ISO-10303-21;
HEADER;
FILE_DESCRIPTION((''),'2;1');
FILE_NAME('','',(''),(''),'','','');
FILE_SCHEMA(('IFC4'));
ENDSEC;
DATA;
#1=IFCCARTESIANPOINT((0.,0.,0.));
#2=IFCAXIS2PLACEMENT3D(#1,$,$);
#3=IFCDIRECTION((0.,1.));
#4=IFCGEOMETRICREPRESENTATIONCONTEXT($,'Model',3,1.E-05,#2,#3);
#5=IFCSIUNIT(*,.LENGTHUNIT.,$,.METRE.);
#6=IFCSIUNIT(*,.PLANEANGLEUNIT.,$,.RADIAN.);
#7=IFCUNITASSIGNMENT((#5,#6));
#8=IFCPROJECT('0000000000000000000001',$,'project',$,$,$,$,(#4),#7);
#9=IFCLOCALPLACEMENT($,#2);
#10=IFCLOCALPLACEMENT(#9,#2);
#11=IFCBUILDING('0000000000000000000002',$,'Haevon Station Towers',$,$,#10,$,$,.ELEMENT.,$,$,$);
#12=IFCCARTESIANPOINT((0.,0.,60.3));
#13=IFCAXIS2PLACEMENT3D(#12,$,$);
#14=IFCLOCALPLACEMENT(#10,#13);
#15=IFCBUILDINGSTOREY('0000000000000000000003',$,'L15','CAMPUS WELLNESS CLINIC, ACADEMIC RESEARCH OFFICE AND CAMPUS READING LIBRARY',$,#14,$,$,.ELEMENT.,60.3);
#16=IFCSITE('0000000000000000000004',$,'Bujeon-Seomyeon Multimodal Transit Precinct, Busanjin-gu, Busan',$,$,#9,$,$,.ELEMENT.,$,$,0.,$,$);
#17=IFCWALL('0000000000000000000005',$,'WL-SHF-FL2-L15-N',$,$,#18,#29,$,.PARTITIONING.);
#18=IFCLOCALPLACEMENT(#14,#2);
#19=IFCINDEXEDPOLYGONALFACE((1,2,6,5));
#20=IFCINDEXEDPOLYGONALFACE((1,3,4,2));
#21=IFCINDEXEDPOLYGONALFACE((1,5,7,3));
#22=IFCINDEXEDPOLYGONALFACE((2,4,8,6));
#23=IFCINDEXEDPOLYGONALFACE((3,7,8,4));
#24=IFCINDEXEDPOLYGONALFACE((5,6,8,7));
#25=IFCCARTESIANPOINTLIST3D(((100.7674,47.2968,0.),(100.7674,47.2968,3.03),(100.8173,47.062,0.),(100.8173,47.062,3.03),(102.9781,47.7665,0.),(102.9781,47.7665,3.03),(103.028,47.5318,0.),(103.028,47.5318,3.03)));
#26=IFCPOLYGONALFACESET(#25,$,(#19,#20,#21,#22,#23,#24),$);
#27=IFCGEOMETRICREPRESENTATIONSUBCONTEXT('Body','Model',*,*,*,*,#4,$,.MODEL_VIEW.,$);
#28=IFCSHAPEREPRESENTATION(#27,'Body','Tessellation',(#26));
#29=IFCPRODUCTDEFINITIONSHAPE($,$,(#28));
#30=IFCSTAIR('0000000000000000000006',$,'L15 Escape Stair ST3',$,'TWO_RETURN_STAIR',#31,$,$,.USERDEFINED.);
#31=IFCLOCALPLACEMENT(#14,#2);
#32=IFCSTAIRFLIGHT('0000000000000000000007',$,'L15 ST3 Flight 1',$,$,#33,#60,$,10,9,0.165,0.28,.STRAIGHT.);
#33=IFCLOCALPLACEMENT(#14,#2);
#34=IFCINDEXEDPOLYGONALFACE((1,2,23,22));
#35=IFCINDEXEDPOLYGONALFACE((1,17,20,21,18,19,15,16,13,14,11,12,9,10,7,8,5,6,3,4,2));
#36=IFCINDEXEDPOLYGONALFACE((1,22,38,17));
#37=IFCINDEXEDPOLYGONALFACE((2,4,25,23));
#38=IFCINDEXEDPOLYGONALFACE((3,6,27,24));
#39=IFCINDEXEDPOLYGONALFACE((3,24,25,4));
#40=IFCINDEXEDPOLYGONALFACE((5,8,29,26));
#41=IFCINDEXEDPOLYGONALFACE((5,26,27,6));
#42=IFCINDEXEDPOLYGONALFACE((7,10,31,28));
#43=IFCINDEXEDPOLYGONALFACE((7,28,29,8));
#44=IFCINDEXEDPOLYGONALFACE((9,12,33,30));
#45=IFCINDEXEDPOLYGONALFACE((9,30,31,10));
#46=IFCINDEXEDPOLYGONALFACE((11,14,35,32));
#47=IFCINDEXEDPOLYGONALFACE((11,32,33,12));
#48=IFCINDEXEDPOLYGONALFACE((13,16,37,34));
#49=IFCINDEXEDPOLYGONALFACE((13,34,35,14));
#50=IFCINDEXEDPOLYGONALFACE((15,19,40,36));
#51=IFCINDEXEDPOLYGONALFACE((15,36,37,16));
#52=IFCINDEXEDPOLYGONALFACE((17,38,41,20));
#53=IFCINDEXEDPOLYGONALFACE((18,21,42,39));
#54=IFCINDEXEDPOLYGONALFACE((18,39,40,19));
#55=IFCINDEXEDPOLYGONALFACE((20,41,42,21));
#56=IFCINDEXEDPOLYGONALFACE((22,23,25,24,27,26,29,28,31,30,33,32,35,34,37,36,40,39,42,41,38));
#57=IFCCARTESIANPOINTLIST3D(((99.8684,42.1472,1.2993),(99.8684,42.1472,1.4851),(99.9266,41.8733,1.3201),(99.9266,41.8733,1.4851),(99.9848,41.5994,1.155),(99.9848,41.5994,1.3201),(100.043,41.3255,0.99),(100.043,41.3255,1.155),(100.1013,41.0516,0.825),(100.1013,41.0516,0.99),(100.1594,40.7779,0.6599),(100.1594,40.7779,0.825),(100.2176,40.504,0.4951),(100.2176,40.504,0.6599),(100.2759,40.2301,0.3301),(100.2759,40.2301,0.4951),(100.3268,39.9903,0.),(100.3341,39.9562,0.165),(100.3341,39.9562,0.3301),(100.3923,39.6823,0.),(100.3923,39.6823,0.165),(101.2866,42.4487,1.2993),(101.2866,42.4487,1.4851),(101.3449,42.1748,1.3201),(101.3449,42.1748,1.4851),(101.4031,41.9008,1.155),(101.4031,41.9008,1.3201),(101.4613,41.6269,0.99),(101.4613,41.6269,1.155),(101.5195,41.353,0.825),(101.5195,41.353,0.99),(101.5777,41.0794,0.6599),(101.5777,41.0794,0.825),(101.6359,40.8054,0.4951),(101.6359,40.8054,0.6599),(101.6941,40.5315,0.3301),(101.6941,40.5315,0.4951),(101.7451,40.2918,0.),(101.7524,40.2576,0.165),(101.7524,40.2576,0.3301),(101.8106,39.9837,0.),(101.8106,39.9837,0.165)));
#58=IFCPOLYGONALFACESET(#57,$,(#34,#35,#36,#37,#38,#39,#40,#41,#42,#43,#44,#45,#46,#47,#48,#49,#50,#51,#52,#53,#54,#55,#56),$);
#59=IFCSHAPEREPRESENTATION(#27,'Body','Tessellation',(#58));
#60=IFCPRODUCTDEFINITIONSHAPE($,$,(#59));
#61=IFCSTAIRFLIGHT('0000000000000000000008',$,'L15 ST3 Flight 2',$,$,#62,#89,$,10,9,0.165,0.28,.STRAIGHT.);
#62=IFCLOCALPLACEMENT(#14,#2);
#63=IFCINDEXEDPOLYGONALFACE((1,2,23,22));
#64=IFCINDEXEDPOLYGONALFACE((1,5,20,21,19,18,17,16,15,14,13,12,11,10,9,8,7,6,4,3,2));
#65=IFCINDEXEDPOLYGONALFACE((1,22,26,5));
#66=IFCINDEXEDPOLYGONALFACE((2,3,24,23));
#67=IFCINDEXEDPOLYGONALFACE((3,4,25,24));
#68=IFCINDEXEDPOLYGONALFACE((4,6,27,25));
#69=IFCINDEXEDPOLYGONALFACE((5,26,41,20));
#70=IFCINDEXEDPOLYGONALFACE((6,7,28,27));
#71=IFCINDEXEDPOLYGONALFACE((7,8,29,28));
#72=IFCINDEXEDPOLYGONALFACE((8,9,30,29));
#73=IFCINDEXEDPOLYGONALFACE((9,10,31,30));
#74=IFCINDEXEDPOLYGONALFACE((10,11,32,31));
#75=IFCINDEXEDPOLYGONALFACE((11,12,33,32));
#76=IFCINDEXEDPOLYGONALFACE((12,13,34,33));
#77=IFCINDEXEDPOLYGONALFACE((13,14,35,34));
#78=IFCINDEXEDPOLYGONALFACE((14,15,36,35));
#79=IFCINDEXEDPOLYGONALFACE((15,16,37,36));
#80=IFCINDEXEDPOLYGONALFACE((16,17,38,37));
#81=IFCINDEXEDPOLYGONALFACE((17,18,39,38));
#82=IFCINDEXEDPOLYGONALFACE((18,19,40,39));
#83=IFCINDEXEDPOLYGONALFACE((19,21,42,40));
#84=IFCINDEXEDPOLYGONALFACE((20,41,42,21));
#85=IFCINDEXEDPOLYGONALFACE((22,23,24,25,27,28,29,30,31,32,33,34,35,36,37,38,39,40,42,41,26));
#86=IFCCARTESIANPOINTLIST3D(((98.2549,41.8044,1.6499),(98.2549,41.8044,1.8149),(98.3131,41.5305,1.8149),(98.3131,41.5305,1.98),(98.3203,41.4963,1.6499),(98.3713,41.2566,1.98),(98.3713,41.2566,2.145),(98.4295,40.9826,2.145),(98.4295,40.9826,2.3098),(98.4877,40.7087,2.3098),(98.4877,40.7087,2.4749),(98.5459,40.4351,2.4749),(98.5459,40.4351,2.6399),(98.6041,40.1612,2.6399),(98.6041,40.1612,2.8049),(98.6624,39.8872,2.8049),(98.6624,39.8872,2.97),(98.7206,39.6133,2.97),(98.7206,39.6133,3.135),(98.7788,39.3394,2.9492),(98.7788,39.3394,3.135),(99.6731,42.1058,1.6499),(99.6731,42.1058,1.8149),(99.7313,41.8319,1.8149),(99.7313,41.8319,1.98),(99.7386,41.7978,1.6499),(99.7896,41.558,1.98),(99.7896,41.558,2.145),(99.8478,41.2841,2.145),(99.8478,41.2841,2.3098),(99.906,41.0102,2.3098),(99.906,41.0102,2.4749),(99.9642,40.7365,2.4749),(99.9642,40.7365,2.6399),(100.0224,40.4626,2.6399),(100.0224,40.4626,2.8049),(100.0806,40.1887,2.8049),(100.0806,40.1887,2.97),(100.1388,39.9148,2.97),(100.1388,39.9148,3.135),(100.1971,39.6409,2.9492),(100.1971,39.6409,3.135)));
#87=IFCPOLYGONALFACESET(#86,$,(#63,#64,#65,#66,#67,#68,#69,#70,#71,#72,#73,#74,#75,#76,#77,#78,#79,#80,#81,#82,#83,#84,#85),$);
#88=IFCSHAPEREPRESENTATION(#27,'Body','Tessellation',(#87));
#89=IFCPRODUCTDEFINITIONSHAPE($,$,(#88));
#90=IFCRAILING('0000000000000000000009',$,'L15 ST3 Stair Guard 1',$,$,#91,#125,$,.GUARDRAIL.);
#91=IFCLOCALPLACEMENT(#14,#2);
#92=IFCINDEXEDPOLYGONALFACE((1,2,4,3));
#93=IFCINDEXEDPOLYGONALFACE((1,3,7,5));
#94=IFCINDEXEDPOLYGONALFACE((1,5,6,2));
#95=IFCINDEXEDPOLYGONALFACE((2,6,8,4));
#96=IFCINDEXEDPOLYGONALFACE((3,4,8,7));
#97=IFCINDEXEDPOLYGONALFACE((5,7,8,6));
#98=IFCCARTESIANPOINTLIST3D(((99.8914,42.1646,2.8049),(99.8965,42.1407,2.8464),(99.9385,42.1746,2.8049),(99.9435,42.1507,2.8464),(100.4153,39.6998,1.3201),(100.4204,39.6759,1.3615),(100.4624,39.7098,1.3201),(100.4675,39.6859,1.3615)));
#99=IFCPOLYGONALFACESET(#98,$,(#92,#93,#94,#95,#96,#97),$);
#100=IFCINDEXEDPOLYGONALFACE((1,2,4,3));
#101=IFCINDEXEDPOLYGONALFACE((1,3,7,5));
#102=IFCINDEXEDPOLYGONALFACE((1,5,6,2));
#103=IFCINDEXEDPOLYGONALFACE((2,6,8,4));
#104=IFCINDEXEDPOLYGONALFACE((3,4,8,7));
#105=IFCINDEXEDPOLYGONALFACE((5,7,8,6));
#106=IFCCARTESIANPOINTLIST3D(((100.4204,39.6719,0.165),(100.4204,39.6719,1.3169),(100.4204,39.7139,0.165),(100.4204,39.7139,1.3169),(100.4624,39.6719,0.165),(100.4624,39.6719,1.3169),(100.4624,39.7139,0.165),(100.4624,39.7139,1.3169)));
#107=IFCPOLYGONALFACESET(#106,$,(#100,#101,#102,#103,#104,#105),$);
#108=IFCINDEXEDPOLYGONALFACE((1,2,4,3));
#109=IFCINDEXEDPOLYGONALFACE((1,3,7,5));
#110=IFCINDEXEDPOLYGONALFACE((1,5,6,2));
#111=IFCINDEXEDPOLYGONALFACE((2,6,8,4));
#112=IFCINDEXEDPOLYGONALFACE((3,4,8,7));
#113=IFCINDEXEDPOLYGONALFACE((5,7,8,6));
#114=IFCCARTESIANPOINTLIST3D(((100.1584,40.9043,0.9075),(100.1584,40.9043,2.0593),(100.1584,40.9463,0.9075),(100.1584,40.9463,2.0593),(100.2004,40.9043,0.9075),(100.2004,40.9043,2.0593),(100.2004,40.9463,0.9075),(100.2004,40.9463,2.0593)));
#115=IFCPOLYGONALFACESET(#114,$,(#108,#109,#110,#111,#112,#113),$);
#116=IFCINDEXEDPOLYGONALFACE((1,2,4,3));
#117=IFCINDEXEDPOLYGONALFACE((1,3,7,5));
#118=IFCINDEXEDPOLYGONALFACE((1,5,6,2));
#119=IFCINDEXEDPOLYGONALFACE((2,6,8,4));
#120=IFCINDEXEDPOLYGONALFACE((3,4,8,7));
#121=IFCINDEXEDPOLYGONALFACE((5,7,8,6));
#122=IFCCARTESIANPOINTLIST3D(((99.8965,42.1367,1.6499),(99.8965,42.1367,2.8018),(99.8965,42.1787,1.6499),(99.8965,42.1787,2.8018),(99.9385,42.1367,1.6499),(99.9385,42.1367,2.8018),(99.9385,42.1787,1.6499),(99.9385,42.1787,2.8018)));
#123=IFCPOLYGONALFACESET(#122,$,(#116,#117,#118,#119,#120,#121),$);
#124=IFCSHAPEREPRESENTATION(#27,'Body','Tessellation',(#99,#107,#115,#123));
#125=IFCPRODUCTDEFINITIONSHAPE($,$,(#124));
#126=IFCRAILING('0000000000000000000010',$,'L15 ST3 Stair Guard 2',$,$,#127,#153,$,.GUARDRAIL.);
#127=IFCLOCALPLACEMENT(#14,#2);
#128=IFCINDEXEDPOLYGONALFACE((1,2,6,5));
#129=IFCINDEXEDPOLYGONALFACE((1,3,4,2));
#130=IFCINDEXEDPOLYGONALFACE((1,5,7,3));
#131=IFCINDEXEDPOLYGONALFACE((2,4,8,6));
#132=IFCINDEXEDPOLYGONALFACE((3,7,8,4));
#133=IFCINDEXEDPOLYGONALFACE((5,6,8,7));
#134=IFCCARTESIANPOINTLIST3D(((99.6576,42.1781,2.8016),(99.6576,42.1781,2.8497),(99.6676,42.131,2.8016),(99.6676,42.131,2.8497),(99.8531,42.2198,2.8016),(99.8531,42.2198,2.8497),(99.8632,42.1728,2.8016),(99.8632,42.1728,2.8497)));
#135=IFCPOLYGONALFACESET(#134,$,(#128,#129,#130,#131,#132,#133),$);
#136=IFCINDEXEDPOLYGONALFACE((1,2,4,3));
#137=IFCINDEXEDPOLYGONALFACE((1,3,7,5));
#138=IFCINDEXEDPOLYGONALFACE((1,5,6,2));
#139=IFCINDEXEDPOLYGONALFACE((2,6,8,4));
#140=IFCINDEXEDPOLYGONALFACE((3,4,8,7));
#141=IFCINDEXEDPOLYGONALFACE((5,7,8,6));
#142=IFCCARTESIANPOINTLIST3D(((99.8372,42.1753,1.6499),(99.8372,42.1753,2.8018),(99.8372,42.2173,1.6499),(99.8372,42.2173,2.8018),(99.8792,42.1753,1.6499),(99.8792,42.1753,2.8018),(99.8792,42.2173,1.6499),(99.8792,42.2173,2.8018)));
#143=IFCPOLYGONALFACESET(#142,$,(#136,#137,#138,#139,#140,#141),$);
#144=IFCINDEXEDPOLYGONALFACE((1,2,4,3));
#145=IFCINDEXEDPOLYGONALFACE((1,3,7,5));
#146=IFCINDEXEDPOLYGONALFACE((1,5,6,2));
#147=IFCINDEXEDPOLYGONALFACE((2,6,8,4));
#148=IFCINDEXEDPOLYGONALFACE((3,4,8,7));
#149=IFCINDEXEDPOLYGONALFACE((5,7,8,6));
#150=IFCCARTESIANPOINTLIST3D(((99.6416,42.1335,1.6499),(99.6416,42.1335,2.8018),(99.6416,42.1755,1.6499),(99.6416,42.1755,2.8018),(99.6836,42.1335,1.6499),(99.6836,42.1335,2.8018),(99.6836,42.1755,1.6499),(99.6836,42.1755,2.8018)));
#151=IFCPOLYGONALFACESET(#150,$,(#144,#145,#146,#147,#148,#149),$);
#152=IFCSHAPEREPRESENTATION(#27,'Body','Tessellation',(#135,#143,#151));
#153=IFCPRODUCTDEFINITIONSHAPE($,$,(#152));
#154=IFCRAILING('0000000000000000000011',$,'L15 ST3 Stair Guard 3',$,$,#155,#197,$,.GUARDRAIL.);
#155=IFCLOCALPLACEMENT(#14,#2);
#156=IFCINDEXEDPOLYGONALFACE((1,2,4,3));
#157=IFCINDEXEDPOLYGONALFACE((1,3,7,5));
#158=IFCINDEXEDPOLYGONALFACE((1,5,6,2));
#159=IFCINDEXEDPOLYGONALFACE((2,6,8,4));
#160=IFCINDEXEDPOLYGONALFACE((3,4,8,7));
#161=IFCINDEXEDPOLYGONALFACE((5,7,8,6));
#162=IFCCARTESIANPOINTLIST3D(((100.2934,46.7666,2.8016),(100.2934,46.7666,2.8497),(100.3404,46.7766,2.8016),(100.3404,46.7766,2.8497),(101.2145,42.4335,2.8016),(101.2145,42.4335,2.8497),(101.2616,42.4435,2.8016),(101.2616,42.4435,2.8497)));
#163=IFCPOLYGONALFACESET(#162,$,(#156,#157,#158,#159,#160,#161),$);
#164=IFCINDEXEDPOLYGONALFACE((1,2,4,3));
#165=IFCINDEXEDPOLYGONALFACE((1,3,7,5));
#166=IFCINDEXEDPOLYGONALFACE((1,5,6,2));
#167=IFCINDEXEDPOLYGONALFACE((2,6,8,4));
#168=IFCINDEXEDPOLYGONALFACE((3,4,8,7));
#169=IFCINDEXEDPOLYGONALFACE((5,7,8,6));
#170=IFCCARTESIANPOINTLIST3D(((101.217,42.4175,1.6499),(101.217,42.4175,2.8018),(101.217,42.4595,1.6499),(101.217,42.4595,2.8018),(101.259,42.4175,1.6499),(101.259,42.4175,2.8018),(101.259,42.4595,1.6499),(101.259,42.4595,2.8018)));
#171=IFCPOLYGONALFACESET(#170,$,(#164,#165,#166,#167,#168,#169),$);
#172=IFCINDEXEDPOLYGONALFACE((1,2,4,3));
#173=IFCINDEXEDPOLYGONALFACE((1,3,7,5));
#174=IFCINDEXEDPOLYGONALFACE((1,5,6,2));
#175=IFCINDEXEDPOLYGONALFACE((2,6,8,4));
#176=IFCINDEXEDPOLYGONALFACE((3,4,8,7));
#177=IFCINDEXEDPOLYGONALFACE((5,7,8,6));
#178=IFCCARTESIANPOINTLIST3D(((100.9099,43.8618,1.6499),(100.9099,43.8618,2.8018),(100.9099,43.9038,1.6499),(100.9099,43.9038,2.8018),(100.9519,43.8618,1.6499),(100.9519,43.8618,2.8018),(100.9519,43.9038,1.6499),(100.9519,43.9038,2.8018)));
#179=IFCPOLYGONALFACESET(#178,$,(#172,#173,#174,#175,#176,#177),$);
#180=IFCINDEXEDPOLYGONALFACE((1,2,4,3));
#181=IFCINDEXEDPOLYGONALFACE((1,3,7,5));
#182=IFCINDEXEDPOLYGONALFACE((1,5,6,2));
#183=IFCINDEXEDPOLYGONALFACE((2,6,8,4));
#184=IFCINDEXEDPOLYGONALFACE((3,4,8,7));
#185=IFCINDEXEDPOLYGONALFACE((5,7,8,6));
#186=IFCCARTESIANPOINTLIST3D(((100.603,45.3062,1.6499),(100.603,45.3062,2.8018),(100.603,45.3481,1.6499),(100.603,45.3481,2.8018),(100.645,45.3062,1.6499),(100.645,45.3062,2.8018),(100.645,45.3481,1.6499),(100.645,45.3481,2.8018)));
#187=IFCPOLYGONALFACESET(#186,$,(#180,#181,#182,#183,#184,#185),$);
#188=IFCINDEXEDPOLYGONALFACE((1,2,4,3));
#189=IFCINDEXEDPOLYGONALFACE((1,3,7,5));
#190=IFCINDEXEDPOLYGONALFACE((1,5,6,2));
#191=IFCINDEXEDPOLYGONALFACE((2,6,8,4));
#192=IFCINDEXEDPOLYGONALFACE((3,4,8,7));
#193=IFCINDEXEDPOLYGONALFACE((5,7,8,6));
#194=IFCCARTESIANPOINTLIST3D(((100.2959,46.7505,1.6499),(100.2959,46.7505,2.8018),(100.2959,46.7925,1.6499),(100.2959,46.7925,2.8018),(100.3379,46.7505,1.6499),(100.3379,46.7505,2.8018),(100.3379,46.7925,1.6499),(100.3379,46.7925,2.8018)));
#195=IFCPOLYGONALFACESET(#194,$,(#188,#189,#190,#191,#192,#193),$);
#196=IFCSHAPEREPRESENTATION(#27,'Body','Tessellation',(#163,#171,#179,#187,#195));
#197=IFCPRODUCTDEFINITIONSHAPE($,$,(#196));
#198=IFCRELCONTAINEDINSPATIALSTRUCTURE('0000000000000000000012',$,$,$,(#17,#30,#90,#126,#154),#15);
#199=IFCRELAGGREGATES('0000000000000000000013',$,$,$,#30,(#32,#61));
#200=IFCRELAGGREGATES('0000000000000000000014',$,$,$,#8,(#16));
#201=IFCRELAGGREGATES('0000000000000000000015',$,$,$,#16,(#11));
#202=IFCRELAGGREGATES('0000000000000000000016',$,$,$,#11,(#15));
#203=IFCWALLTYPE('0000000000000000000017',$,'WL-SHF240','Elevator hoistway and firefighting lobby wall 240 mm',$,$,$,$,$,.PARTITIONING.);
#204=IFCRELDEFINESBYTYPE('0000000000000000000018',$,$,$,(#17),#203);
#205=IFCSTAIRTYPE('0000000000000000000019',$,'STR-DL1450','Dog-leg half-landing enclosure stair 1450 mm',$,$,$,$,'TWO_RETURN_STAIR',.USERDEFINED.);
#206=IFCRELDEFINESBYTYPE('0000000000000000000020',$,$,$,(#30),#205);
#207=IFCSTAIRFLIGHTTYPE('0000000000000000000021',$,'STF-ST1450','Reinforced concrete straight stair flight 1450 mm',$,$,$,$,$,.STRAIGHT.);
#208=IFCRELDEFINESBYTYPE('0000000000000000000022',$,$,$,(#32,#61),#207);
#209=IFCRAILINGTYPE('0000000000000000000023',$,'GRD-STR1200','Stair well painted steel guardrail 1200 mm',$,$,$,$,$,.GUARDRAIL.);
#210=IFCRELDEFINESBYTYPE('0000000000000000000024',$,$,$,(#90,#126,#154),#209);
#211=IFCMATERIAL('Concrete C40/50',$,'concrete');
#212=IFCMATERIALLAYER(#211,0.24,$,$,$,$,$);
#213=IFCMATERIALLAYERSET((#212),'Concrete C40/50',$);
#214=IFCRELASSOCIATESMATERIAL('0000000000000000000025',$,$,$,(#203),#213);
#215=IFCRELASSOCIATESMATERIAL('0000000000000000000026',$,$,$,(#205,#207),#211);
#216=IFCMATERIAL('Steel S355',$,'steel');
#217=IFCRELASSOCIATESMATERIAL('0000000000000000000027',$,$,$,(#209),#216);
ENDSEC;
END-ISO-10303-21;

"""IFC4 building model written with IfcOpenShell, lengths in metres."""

from ifc_helpers import new_model, si_unit, direction, frame, frame_2d, origin, origin_2d, place, context, subcontext, project, spatial, polyline, rectangle, outline, extrude, material, layer, layer_set, type_object, element, aggregate, save


model = new_model("IFC4")

# Units and contexts
model_context = context("Model", 3, precision=1e-05, world=origin(), true_north=direction((0.0, 1.0)))
body_context = subcontext(model_context, "Body", "Model", "MODEL_VIEW")
ifc_project = project(units=[si_unit("LENGTHUNIT", "METRE"), si_unit("PLANEANGLEUNIT", "RADIAN")], contexts=[model_context])

# Site, building, storey
site_placement = place(None, origin())
site = spatial("IfcSite", under=ifc_project, at=site_placement, Name="Bujeon-Seomyeon Multimodal Transit Precinct, Busanjin-gu, Busan", CompositionType="ELEMENT", RefElevation=0.0)
building_placement = place(site_placement, origin())
building = spatial("IfcBuilding", under=site, at=building_placement, Name="Haevon Station Towers", CompositionType="ELEMENT")
storey_placement = place(building_placement, frame((0.0, 0.0, 60.3)))
storey = spatial("IfcBuildingStorey", under=building, at=storey_placement, Name="L15", Description="CAMPUS WELLNESS CLINIC, ACADEMIC RESEARCH OFFICE AND CAMPUS READING LIBRARY", CompositionType="ELEMENT", Elevation=60.3)

# Shared definitions
ifc_material_1 = material(Name="Steel S355", Category="steel")

# Shared definitions
ifc_material_2 = material(Name="Concrete C40/50", Category="concrete")
ifc_layer_1 = layer(ifc_material_2, 0.24)
ifc_layer_set_1 = layer_set([ifc_layer_1], Name="Concrete C40/50")
wall_type_1 = type_object("IfcWallType", Name="WL-SHF240", Description="Elevator hoistway and firefighting lobby wall 240 mm", PredefinedType="PARTITIONING", material=ifc_layer_set_1)

# Wall
wall_1_placement = place(storey_placement, frame((100.7925, 47.1794, 0.0), z_axis=(0.0, 0.0, 1.0), x_axis=(0.978163, 0.207839, 0.0)))
element("IfcWall", 1, at=wall_1_placement, inside=storey, type_object=wall_type_1, Name="WL-SHF-FL2-L15-N", PredefinedType="PARTITIONING", context=body_context, shape_type="SweptSolid", body=[
    extrude(rectangle(XDim=2.26, YDim=0.24, at=frame_2d((1.1299, 0.0))), origin(), (0.0, 0.0, 1.0), 3.03),
])

# Stair, stair flights
stair_type = type_object("IfcStairType", Name="STR-DL1450", Description="Dog-leg half-landing enclosure stair 1450 mm", ElementType="TWO_RETURN_STAIR", PredefinedType="USERDEFINED", material=ifc_material_2)
stair_placement = place(storey_placement, origin())
stair = element("IfcStair", 2, at=stair_placement, inside=storey, type_object=stair_type, Name="L15 Escape Stair ST3", ObjectType="TWO_RETURN_STAIR", PredefinedType="USERDEFINED")
stair_flight_type = type_object("IfcStairFlightType", Name="STF-ST1450", Description="Reinforced concrete straight stair flight 1450 mm", PredefinedType="STRAIGHT", material=ifc_material_2)
stair_flight_1_placement = place(storey_placement, frame((101.1016, 39.833, 0.0), z_axis=(0.0, 0.0, 1.0), x_axis=(-0.207912, 0.978148, 0.0)))
stair_flight_1 = element("IfcStairFlight", 3, at=stair_flight_1_placement, type_object=stair_flight_type, Name="L15 ST3 Flight 1", NumberOfRisers=10, NumberOfTreads=9, PredefinedType="STRAIGHT", RiserHeight=0.165, TreadLength=0.28, context=body_context, shape_type="SweptSolid", body=[
    extrude(outline(polyline([(0.0, 0.0), (0.0, 0.165), (0.28, 0.165), (0.28, 0.3301), (0.5601, 0.3301), (0.5601, 0.4951), (0.8401, 0.4951), (0.8401, 0.6599), (1.1201, 0.6599), (1.1201, 0.825), (1.3999, 0.825), (1.3999, 0.99), (1.6799, 0.99), (1.6799, 1.155), (1.96, 1.155), (1.96, 1.3201), (2.24, 1.3201), (2.24, 1.4851), (2.52, 1.4851), (2.52, 1.6499), (2.52, 1.2993), (0.3149, 0.0), (0.0, 0.0)])), frame((0.0, 0.7251, 0.0), z_axis=(0.0, -1.0, 0.0), x_axis=(1.0, 0.0, 0.0)), (0.0, 0.0, 1.0), 1.45),
])
stair_flight_2_placement = place(storey_placement, frame((98.9639, 41.9551, 1.6499), z_axis=(0.0, 0.0, 1.0), x_axis=(0.207912, -0.978148, 0.0)))
stair_flight_2 = element("IfcStairFlight", 4, at=stair_flight_2_placement, type_object=stair_flight_type, Name="L15 ST3 Flight 2", NumberOfRisers=10, NumberOfTreads=9, PredefinedType="STRAIGHT", RiserHeight=0.165, TreadLength=0.28, context=body_context, shape_type="SweptSolid", body=[
    extrude(outline(polyline([(0.0, 0.0), (0.0, 0.165), (0.28, 0.165), (0.28, 0.3301), (0.5601, 0.3301), (0.5601, 0.4951), (0.8401, 0.4951), (0.8401, 0.6599), (1.1201, 0.6599), (1.1201, 0.825), (1.3999, 0.825), (1.3999, 0.99), (1.6799, 0.99), (1.6799, 1.155), (1.96, 1.155), (1.96, 1.3201), (2.24, 1.3201), (2.24, 1.4851), (2.52, 1.4851), (2.52, 1.6499), (2.52, 1.2993), (0.3149, 0.0), (0.0, 0.0)])), frame((0.0, 0.7251, 0.0), z_axis=(0.0, -1.0, 0.0), x_axis=(1.0, 0.0, 0.0)), (0.0, 0.0, 1.0), 1.45),
])
aggregate(stair, [stair_flight_1, stair_flight_2])

# Railings
railing_type_1 = type_object("IfcRailingType", Name="GRD-STR1200", Description="Stair well painted steel guardrail 1200 mm", PredefinedType="GUARDRAIL", material=ifc_material_1)
railing_1_placement = place(storey_placement, frame((100.4414, 39.6929, 0.165)))
element("IfcRailing", 5, at=railing_1_placement, inside=storey, type_object=railing_type_1, Name="L15 ST3 Stair Guard 1", PredefinedType="GUARDRAIL", context=body_context, shape_type="SweptSolid", body=[
    extrude(rectangle(XDim=0.0481, YDim=0.0481, at=origin_2d()), frame((0.0, 0.0, 1.1758), z_axis=(-0.179129, 0.842724, 0.507671), x_axis=(-0.978147, -0.207914, 0.0)), (0.0, 0.0, 1.0), 2.9248),
    extrude(rectangle(XDim=0.042, YDim=0.042, at=origin_2d()), origin(), (0.0, 0.0, 1.0), 1.1519),
    extrude(rectangle(XDim=0.042, YDim=0.042, at=origin_2d()), frame((-0.262, 1.2324, 0.7424)), (0.0, 0.0, 1.0), 1.1519),
    extrude(rectangle(XDim=0.042, YDim=0.042, at=origin_2d()), frame((-0.5239, 2.4648, 1.4849)), (0.0, 0.0, 1.0), 1.1519),
])
railing_2_placement = place(storey_placement, frame((99.8582, 42.1963, 1.6499)))
element("IfcRailing", 6, at=railing_2_placement, inside=storey, type_object=railing_type_1, Name="L15 ST3 Stair Guard 2", PredefinedType="GUARDRAIL", context=body_context, shape_type="SweptSolid", body=[
    extrude(rectangle(XDim=0.0481, YDim=0.0481, at=origin_2d()), frame((0.0, 0.0, 1.1758), z_axis=(-0.977963, -0.208779, 0.0), x_axis=(0.208779, -0.977963, 0.0)), (0.0, 0.0, 1.0), 0.2),
    extrude(rectangle(XDim=0.042, YDim=0.042, at=origin_2d()), origin(), (0.0, 0.0, 1.0), 1.1519),
    extrude(rectangle(XDim=0.042, YDim=0.042, at=origin_2d()), frame((-0.1956, -0.0417, 0.0)), (0.0, 0.0, 1.0), 1.1519),
])
railing_3_placement = place(storey_placement, frame((101.238, 42.4385, 1.6499)))
element("IfcRailing", 7, at=railing_3_placement, inside=storey, type_object=railing_type_1, Name="L15 ST3 Stair Guard 3", PredefinedType="GUARDRAIL", context=body_context, shape_type="SweptSolid", body=[
    extrude(rectangle(XDim=0.0481, YDim=0.0481, at=origin_2d()), frame((0.0, 0.0, 1.1758), z_axis=(-0.20794, 0.978141, 0.0), x_axis=(-0.978141, -0.20794, 0.0)), (0.0, 0.0, 1.0), 4.4299),
    extrude(rectangle(XDim=0.042, YDim=0.042, at=origin_2d()), origin(), (0.0, 0.0, 1.0), 1.1519),
    extrude(rectangle(XDim=0.042, YDim=0.042, at=origin_2d()), frame((-0.3071, 1.4443, 0.0)), (0.0, 0.0, 1.0), 1.1519),
    extrude(rectangle(XDim=0.042, YDim=0.042, at=origin_2d()), frame((-0.614, 2.8887, 0.0)), (0.0, 0.0, 1.0), 1.1519),
    extrude(rectangle(XDim=0.042, YDim=0.042, at=origin_2d()), frame((-0.9211, 4.333, 0.0)), (0.0, 0.0, 1.0), 1.1519),
])

save(model, "model.ifc")
